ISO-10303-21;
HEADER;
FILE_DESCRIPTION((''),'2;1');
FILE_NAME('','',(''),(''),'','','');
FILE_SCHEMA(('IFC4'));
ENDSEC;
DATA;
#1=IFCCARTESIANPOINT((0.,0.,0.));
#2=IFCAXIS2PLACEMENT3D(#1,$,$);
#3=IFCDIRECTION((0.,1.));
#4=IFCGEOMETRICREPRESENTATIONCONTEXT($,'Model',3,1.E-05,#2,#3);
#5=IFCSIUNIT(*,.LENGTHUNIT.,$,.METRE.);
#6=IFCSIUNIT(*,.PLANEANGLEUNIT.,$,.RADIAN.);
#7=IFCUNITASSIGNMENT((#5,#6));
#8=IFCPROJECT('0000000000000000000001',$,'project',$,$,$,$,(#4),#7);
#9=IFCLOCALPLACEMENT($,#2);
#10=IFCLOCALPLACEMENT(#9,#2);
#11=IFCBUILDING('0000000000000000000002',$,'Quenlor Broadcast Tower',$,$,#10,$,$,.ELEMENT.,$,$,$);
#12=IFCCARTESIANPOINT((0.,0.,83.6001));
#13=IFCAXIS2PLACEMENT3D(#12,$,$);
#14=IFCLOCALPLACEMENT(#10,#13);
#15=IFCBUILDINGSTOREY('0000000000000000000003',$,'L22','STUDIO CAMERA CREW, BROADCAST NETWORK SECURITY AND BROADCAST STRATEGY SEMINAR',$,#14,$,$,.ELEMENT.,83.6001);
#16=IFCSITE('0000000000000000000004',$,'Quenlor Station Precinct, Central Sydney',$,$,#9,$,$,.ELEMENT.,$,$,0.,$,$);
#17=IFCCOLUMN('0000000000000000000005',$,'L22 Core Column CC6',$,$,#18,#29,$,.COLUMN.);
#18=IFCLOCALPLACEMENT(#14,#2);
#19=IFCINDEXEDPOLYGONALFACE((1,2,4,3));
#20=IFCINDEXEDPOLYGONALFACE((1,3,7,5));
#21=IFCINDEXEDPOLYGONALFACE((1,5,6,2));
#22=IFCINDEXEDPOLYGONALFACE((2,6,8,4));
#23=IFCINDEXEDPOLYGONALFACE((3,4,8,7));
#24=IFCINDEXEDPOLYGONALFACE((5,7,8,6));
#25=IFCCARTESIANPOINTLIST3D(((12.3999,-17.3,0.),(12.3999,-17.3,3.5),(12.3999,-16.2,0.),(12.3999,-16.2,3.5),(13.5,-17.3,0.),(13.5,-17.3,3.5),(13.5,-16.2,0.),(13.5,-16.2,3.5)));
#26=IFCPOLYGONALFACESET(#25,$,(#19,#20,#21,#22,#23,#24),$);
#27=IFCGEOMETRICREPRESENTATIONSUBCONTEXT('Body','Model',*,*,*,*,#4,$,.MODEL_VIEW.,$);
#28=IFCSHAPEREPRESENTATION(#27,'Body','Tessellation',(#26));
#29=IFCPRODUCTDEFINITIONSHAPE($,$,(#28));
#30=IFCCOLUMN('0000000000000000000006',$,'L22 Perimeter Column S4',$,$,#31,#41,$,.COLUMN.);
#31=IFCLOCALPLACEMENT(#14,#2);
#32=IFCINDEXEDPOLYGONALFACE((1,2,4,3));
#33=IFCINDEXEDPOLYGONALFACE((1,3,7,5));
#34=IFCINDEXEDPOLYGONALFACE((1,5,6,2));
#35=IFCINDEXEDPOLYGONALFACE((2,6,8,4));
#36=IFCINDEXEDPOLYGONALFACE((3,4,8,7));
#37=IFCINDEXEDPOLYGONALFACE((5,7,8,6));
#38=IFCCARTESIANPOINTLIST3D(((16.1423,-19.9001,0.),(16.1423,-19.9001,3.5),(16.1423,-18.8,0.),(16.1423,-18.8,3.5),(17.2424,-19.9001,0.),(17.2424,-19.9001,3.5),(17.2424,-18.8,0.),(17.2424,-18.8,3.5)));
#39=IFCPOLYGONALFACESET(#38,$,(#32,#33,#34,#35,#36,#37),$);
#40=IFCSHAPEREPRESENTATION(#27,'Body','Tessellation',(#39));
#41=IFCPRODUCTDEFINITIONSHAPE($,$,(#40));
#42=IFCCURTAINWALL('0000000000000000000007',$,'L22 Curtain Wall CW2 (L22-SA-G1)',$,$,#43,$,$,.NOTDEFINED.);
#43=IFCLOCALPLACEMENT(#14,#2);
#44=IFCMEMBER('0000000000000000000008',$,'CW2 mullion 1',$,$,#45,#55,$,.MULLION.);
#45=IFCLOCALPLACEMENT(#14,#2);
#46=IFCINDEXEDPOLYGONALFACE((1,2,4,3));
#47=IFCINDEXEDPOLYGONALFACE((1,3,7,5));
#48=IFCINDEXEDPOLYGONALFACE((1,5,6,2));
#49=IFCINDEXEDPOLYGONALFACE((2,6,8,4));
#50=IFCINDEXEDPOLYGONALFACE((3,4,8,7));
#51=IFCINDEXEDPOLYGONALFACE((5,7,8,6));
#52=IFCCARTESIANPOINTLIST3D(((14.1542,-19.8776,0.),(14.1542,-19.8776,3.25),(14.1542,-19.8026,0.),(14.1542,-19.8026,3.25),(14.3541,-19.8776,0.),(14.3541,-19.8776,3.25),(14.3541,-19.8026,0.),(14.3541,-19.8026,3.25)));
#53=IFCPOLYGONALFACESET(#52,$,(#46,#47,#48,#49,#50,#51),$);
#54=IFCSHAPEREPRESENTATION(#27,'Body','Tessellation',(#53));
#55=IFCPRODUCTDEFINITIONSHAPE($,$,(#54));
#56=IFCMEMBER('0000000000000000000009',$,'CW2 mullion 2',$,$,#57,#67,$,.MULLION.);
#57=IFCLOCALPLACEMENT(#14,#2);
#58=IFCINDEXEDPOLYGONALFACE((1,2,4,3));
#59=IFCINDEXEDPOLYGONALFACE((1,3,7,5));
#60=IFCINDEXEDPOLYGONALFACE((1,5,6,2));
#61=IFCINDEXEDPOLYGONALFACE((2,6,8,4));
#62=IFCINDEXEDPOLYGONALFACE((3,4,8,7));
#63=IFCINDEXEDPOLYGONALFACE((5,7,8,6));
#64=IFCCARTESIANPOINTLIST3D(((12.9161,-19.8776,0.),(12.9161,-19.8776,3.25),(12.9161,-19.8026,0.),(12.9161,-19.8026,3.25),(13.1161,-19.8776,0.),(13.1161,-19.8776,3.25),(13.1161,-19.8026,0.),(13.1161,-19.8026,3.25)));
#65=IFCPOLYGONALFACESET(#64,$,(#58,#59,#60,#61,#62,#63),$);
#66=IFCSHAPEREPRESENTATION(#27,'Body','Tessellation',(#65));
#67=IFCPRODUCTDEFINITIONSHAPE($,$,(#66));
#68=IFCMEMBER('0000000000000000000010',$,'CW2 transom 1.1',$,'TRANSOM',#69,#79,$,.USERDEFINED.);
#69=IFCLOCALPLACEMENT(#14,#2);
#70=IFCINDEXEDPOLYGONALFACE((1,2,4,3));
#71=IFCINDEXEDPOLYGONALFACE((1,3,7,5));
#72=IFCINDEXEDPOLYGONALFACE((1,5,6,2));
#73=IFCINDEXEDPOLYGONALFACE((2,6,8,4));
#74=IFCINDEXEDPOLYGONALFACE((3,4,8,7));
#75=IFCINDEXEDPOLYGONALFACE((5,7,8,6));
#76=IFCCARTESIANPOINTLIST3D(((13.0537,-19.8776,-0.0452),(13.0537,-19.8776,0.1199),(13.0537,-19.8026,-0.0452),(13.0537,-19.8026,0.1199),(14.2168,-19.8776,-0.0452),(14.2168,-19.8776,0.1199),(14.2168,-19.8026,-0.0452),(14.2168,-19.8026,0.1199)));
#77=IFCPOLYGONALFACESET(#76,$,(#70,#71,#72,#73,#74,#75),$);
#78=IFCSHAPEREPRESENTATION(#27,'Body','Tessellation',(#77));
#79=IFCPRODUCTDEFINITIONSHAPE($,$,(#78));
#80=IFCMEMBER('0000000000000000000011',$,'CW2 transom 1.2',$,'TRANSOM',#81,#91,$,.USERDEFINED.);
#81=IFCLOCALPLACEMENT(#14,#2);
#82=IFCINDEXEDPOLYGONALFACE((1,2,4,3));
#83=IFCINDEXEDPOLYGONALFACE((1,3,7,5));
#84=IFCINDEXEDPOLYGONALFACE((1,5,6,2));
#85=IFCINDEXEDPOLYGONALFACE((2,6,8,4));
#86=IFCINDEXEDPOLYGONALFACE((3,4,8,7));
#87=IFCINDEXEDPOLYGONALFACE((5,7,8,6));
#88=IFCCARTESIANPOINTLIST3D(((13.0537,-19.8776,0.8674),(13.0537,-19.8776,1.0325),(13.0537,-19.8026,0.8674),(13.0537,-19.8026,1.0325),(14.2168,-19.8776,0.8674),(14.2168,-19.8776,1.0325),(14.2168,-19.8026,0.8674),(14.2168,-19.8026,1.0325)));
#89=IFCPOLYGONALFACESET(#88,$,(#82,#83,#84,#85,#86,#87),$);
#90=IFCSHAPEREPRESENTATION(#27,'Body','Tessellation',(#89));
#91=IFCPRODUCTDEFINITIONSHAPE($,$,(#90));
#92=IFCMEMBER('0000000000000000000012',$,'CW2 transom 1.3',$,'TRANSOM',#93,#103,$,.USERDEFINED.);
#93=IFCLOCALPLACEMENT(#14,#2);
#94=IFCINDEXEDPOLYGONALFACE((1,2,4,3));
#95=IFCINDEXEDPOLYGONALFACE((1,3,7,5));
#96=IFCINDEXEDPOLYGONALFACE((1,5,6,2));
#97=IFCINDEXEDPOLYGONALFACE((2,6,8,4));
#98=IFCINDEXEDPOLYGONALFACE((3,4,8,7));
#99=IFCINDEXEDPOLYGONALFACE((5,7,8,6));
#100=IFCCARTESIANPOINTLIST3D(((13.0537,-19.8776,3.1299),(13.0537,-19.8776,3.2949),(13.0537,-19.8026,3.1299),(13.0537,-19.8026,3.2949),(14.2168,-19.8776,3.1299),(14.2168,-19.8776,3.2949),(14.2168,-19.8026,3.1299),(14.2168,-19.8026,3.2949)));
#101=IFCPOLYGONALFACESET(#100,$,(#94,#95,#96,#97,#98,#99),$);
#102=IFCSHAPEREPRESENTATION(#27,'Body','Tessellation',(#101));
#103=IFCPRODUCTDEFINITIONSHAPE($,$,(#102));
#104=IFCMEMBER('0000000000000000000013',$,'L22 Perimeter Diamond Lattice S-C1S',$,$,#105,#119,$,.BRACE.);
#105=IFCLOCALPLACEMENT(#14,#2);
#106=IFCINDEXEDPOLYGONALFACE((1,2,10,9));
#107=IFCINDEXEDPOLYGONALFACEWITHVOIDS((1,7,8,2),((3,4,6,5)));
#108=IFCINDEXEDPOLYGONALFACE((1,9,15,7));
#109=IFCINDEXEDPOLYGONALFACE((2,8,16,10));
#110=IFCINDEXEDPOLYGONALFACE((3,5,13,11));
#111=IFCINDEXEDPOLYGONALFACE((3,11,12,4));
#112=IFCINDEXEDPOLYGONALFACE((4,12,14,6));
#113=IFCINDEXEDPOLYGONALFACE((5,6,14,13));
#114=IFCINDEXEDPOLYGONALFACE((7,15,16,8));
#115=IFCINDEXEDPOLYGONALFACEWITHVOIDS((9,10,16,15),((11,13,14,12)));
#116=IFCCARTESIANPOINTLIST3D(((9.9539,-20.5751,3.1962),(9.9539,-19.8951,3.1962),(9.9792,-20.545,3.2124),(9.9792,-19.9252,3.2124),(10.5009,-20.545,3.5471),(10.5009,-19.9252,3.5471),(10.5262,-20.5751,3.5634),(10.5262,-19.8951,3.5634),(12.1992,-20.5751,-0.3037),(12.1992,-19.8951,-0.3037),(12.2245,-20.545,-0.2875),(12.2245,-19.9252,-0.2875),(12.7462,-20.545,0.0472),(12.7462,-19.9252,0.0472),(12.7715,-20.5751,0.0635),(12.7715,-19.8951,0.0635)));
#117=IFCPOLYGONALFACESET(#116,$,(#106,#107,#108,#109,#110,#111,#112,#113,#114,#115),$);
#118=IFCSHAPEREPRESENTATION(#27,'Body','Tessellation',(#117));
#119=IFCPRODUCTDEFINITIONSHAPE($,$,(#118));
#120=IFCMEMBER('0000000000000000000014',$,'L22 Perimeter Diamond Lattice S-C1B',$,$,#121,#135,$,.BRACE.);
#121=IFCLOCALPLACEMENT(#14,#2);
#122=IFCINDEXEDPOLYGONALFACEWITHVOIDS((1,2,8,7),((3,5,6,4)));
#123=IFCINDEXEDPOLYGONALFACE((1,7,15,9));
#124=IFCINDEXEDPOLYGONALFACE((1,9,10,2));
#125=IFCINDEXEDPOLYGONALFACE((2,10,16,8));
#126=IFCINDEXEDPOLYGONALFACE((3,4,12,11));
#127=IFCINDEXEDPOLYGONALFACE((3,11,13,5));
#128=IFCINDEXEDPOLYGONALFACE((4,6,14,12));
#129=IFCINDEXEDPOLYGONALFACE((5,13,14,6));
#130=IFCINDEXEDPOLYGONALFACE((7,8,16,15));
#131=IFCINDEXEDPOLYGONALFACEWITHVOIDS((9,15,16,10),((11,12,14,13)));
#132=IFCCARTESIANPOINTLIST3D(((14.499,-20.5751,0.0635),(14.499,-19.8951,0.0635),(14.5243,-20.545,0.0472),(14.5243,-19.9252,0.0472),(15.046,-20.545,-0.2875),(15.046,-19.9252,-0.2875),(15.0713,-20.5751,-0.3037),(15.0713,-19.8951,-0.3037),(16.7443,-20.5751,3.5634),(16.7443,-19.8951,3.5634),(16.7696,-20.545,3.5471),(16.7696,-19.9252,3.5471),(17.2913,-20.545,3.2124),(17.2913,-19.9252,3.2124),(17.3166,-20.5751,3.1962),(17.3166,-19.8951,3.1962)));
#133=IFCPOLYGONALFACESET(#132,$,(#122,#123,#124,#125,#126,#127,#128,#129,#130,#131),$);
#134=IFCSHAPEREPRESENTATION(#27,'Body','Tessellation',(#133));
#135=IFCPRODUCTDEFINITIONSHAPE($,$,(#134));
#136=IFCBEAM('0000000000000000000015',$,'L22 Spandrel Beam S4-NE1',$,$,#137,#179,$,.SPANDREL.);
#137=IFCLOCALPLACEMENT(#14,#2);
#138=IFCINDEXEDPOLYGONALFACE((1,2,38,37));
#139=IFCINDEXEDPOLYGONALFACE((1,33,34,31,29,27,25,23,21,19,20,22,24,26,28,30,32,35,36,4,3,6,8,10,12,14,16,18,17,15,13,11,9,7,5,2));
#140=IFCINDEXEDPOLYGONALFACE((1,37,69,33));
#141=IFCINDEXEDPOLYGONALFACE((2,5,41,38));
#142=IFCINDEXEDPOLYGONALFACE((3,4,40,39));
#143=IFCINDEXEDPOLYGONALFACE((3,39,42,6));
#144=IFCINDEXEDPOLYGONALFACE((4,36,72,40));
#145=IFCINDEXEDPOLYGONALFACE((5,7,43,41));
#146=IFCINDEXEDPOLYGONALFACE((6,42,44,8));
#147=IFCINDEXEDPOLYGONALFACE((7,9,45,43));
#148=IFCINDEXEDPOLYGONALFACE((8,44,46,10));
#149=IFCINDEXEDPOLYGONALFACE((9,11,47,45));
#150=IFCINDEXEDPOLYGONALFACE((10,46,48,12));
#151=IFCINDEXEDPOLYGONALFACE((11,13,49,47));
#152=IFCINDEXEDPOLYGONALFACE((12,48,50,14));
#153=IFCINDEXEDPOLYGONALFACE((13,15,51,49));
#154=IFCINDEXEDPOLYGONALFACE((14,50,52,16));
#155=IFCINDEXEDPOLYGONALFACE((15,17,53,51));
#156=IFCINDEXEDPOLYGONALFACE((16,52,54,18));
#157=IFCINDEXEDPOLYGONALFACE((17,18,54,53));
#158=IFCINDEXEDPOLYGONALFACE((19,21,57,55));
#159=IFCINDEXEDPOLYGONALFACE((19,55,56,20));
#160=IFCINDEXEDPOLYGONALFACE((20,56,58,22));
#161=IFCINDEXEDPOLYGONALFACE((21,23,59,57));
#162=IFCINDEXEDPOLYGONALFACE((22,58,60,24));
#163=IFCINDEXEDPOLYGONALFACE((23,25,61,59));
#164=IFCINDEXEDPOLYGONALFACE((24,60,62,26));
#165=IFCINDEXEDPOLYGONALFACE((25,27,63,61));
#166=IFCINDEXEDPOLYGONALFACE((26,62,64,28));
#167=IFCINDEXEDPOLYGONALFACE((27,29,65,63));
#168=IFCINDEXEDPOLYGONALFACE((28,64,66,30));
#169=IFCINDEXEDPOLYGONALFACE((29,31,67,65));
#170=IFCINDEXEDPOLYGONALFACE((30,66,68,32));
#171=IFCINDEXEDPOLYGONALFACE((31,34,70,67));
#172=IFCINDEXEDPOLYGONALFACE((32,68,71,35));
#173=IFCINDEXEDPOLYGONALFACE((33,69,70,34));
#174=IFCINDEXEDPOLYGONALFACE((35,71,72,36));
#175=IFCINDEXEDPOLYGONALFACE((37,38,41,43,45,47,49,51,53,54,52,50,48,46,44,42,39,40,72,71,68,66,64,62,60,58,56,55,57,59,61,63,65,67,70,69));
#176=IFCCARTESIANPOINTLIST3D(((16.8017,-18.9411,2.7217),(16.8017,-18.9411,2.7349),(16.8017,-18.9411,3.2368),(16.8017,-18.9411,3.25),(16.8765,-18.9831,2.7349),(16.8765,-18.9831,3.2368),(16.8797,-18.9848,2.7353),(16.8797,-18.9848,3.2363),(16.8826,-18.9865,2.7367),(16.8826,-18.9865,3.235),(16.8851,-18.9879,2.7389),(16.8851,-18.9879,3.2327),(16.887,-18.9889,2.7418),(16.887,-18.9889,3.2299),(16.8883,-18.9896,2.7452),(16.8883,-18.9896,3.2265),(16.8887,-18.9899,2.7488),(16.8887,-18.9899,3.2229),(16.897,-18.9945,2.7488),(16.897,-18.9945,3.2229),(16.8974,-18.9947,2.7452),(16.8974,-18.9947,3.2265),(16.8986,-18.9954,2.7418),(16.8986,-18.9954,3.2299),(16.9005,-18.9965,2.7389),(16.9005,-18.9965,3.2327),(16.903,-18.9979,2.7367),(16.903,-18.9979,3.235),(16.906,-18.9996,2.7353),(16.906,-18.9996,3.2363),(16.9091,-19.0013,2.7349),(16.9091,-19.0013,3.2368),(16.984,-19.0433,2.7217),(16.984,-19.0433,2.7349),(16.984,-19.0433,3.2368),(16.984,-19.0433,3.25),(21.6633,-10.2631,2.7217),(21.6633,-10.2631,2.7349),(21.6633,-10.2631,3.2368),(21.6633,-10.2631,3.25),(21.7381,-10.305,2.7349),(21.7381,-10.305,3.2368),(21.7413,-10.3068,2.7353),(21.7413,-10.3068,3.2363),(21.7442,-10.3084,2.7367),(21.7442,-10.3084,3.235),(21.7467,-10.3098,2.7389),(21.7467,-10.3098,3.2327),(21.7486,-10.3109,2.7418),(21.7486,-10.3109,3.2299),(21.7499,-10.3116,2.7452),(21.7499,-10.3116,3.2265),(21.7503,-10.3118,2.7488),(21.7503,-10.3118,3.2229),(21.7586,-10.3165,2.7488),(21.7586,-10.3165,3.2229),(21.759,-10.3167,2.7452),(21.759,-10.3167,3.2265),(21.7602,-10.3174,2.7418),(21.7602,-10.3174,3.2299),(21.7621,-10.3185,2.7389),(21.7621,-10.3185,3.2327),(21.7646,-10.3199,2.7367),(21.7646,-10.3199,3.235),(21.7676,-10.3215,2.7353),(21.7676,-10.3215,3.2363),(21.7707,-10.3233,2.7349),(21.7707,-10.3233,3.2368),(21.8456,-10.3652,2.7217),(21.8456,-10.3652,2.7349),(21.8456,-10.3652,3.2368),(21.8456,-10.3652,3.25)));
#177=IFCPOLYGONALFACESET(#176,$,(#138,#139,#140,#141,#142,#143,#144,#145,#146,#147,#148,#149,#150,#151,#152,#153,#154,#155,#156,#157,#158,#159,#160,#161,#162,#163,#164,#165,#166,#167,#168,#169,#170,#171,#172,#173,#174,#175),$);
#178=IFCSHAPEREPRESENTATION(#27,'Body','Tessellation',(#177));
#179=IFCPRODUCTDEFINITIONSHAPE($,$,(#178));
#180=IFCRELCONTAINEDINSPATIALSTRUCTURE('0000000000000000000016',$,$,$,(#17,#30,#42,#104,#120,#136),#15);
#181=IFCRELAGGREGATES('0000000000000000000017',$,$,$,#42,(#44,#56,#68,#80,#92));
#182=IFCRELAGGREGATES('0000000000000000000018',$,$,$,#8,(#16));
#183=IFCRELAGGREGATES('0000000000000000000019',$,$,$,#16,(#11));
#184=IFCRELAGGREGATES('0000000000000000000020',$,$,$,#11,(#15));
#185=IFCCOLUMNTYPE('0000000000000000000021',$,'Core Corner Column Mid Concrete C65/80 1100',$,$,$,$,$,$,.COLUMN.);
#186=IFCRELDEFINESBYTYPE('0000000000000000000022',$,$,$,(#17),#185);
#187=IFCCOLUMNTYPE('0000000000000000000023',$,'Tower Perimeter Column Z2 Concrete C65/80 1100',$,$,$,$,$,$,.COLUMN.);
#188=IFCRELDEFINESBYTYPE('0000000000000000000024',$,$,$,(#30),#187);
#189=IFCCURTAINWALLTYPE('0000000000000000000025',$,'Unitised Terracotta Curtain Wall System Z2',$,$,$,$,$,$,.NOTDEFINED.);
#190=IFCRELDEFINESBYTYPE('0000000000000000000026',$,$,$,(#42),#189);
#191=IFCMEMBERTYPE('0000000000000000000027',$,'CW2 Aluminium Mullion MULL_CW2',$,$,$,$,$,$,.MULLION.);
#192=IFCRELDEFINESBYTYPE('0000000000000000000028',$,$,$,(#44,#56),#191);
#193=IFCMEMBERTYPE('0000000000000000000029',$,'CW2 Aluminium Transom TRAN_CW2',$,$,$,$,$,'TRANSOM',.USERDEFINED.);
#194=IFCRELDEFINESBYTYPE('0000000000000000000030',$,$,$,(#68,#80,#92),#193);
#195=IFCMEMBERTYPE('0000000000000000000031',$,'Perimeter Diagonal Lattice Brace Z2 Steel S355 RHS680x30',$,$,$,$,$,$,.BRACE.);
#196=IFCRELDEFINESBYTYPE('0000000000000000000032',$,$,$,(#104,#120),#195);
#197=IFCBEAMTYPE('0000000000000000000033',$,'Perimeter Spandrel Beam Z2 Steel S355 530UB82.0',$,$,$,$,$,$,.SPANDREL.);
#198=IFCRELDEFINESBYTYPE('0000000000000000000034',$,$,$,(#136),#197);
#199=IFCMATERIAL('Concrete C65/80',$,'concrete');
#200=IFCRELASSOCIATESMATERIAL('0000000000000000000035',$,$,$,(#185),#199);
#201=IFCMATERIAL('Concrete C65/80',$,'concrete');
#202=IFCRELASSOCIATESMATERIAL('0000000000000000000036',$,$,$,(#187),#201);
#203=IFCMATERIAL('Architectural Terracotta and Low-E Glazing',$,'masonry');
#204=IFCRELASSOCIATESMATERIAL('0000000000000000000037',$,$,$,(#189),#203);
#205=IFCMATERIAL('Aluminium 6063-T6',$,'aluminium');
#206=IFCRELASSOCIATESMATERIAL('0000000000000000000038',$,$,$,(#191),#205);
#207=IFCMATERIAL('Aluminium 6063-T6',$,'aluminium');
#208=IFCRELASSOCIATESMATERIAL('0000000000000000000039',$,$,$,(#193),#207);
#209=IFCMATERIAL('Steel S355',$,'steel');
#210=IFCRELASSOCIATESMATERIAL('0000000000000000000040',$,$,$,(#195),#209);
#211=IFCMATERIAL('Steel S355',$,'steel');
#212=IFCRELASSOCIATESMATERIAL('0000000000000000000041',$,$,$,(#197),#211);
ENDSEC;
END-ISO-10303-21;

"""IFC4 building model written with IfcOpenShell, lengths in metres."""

from ifc_helpers import new_model, si_unit, direction, frame, origin, origin_2d, place, context, subcontext, project, spatial, rectangle, hollow_rectangle, i_section, extrude, material, material_profile, profile_set, type_object, element, aggregate, save


model = new_model("IFC4")

# Units and contexts
model_context = context("Model", 3, precision=1e-05, world=origin(), true_north=direction((0.0, 1.0)))
body_context = subcontext(model_context, "Body", "Model", "MODEL_VIEW")
ifc_project = project(units=[si_unit("LENGTHUNIT", "METRE"), si_unit("PLANEANGLEUNIT", "RADIAN")], contexts=[model_context])

# Site, building, storey
site_placement = place(None, origin())
site = spatial("IfcSite", under=ifc_project, at=site_placement, Name="Quenlor Station Precinct, Central Sydney", CompositionType="ELEMENT", RefElevation=0.0)
building_placement = place(site_placement, origin())
building = spatial("IfcBuilding", under=site, at=building_placement, Name="Quenlor Broadcast Tower", CompositionType="ELEMENT")
storey_placement = place(building_placement, frame((0.0, 0.0, 83.6001)))
storey = spatial("IfcBuildingStorey", under=building, at=storey_placement, Name="L22", Description="STUDIO CAMERA CREW, BROADCAST NETWORK SECURITY AND BROADCAST STRATEGY SEMINAR", CompositionType="ELEMENT", Elevation=83.6001)

# Columns
ifc_material_1 = material(Name="Concrete C65/80", Category="concrete")
ifc_material_profile_1 = material_profile(ifc_material_1, rectangle(XDim=1.1001, YDim=1.1001, at=origin_2d()))
ifc_profile_set_1 = profile_set([ifc_material_profile_1], Name="Concrete C65/80 RC1100x1100")
column_type_1 = type_object("IfcColumnType", Name="Core Corner Column Mid Concrete C65/80 1100", PredefinedType="COLUMN", material=ifc_profile_set_1)
column_1_placement = place(storey_placement, frame((12.95, -16.75, 0.0), z_axis=(0.0, 0.0, 1.0), x_axis=(1.0, 0.0, 0.0)))
element("IfcColumn", 1, at=column_1_placement, inside=storey, type_object=column_type_1, Name="L22 Core Column CC6", PredefinedType="COLUMN", context=body_context, shape_type="SweptSolid", body=[
    extrude(rectangle(XDim=1.1001, YDim=1.1001, at=origin_2d()), origin(), (0.0, 0.0, 1.0), 3.5),
])
ifc_material_2 = material(Name="Concrete C65/80", Category="concrete")
ifc_material_profile_2 = material_profile(ifc_material_2, rectangle(XDim=1.1001, YDim=1.1001, at=origin_2d()))
ifc_profile_set_2 = profile_set([ifc_material_profile_2], Name="Concrete C65/80 RC1100x1100")
column_type_2 = type_object("IfcColumnType", Name="Tower Perimeter Column Z2 Concrete C65/80 1100", PredefinedType="COLUMN", material=ifc_profile_set_2)
column_2_placement = place(storey_placement, frame((16.6924, -19.3501, 0.0), z_axis=(0.0, 0.0, 1.0), x_axis=(0.0, 1.0, 0.0)))
element("IfcColumn", 2, at=column_2_placement, inside=storey, type_object=column_type_2, Name="L22 Perimeter Column S4", PredefinedType="COLUMN", context=body_context, shape_type="SweptSolid", body=[
    extrude(rectangle(XDim=1.1001, YDim=1.1001, at=origin_2d()), origin(), (0.0, 0.0, 1.0), 3.5),
])

# Curtain wall, members
ifc_material_3 = material(Name="Architectural Terracotta and Low-E Glazing", Category="masonry")
curtain_wall_type = type_object("IfcCurtainWallType", Name="Unitised Terracotta Curtain Wall System Z2", PredefinedType="NOTDEFINED", material=ifc_material_3)
curtain_wall_placement = place(storey_placement, origin())
curtain_wall = element("IfcCurtainWall", 3, at=curtain_wall_placement, inside=storey, type_object=curtain_wall_type, Name="L22 Curtain Wall CW2 (L22-SA-G1)", PredefinedType="NOTDEFINED")
ifc_material_4 = material(Name="Aluminium 6063-T6", Category="aluminium")
ifc_material_profile_3 = material_profile(ifc_material_4, rectangle(XDim=0.075, YDim=0.2, at=origin_2d()))
ifc_profile_set_3 = profile_set([ifc_material_profile_3], Name="Aluminium 6063-T6 MULL75x200")
member_type_1 = type_object("IfcMemberType", Name="CW2 Aluminium Mullion MULL_CW2", PredefinedType="MULLION", material=ifc_profile_set_3)
member_1_placement = place(storey_placement, frame((14.2542, -19.8401, 0.0), z_axis=(0.0, 0.0, 1.0), x_axis=(0.0, -1.0, 0.0)))
member_1 = element("IfcMember", 4, at=member_1_placement, type_object=member_type_1, Name="CW2 mullion 1", PredefinedType="MULLION", context=body_context, shape_type="SweptSolid", body=[
    extrude(rectangle(XDim=0.075, YDim=0.2, at=origin_2d()), origin(), (0.0, 0.0, 1.0), 3.25),
])
member_2_placement = place(storey_placement, frame((13.0161, -19.8401, 0.0), z_axis=(0.0, 0.0, 1.0), x_axis=(0.0, -1.0, 0.0)))
member_2 = element("IfcMember", 5, at=member_2_placement, type_object=member_type_1, Name="CW2 mullion 2", PredefinedType="MULLION", context=body_context, shape_type="SweptSolid", body=[
    extrude(rectangle(XDim=0.075, YDim=0.2, at=origin_2d()), origin(), (0.0, 0.0, 1.0), 3.25),
])
ifc_material_5 = material(Name="Aluminium 6063-T6", Category="aluminium")
ifc_material_profile_4 = material_profile(ifc_material_5, rectangle(XDim=0.075, YDim=0.165, at=origin_2d()))
ifc_profile_set_4 = profile_set([ifc_material_profile_4], Name="Aluminium 6063-T6 TRAN75x165")
member_type_2 = type_object("IfcMemberType", Name="CW2 Aluminium Transom TRAN_CW2", ElementType="TRANSOM", PredefinedType="USERDEFINED", material=ifc_profile_set_4)
member_3_placement = place(storey_placement, frame((14.2168, -19.8401, 0.0374), z_axis=(-1.0, 0.0, 0.0), x_axis=(0.0, -1.0, 0.0)))
member_3 = element("IfcMember", 6, at=member_3_placement, type_object=member_type_2, Name="CW2 transom 1.1", ObjectType="TRANSOM", PredefinedType="USERDEFINED", context=body_context, shape_type="SweptSolid", body=[
    extrude(rectangle(XDim=0.075, YDim=0.165, at=origin_2d()), origin(), (0.0, 0.0, 1.0), 1.1631),
])
member_4_placement = place(storey_placement, frame((14.2168, -19.8401, 0.95), z_axis=(-1.0, 0.0, 0.0), x_axis=(0.0, -1.0, 0.0)))
member_4 = element("IfcMember", 7, at=member_4_placement, type_object=member_type_2, Name="CW2 transom 1.2", ObjectType="TRANSOM", PredefinedType="USERDEFINED", context=body_context, shape_type="SweptSolid", body=[
    extrude(rectangle(XDim=0.075, YDim=0.165, at=origin_2d()), origin(), (0.0, 0.0, 1.0), 1.1631),
])
member_5_placement = place(storey_placement, frame((14.2168, -19.8401, 3.2124), z_axis=(-1.0, 0.0, 0.0), x_axis=(0.0, -1.0, 0.0)))
member_5 = element("IfcMember", 8, at=member_5_placement, type_object=member_type_2, Name="CW2 transom 1.3", ObjectType="TRANSOM", PredefinedType="USERDEFINED", context=body_context, shape_type="SweptSolid", body=[
    extrude(rectangle(XDim=0.075, YDim=0.165, at=origin_2d()), origin(), (0.0, 0.0, 1.0), 1.1631),
])

# Members
ifc_material_6 = material(Name="Steel S355", Category="steel")
ifc_material_profile_5 = material_profile(ifc_material_6, hollow_rectangle(XDim=0.6799, YDim=0.6799, WallThickness=0.03, at=origin_2d()))
ifc_profile_set_5 = profile_set([ifc_material_profile_5], Name="Steel S355 RHS680x680x30")
member_type_3 = type_object("IfcMemberType", Name="Perimeter Diagonal Lattice Brace Z2 Steel S355 RHS680x30", PredefinedType="BRACE", material=ifc_profile_set_5)
for number, where, z_axis, x_axis, name in (
    (9, (12.4854, -20.2351, -0.1201), (-0.539968, 0.0, 0.841686), (0.0, -1.0, 0.0), "L22 Perimeter Diamond Lattice S-C1S"),
    (10, (14.7852, -20.2351, -0.1201), (0.539968, 0.0, 0.841686), (0.0, 1.0, 0.0), "L22 Perimeter Diamond Lattice S-C1B"),
):
    element("IfcMember", number, at=place(storey_placement, frame(where, z_axis=z_axis, x_axis=x_axis)), inside=storey, type_object=member_type_3, Name=name, PredefinedType="BRACE", context=body_context, shape_type="SweptSolid", body=[
        extrude(hollow_rectangle(XDim=0.6799, YDim=0.6799, WallThickness=0.03, at=origin_2d()), origin(), (0.0, 0.0, 1.0), 4.1582),
    ])

# Beam
ifc_material_7 = material(Name="Steel S355", Category="steel")
ifc_material_profile_6 = material_profile(ifc_material_7, i_section(OverallWidth=0.209, OverallDepth=0.5283, WebThickness=0.0095, FlangeThickness=0.0132, FilletRadius=0.0139, at=origin_2d()))
ifc_profile_set_6 = profile_set([ifc_material_profile_6], Name="Steel S355 530UB82.0")
beam_type_1 = type_object("IfcBeamType", Name="Perimeter Spandrel Beam Z2 Steel S355 530UB82.0", PredefinedType="SPANDREL", material=ifc_profile_set_6)
beam_1_placement = place(storey_placement, frame((16.8928, -18.9922, 2.9858), z_axis=(0.488749, 0.872424, 0.0), x_axis=(-0.872424, 0.488749, 0.0)))
element("IfcBeam", 11, at=beam_1_placement, inside=storey, type_object=beam_type_1, Name="L22 Spandrel Beam S4-NE1", PredefinedType="SPANDREL", context=body_context, shape_type="SweptSolid", body=[
    extrude(i_section(OverallWidth=0.209, OverallDepth=0.5283, WebThickness=0.0095, FlangeThickness=0.0132, FilletRadius=0.0139, at=origin_2d()), origin(), (0.0, 0.0, 1.0), 9.947),
])

aggregate(curtain_wall, [member_1, member_2, member_3, member_4, member_5])

save(model, "model.ifc")
